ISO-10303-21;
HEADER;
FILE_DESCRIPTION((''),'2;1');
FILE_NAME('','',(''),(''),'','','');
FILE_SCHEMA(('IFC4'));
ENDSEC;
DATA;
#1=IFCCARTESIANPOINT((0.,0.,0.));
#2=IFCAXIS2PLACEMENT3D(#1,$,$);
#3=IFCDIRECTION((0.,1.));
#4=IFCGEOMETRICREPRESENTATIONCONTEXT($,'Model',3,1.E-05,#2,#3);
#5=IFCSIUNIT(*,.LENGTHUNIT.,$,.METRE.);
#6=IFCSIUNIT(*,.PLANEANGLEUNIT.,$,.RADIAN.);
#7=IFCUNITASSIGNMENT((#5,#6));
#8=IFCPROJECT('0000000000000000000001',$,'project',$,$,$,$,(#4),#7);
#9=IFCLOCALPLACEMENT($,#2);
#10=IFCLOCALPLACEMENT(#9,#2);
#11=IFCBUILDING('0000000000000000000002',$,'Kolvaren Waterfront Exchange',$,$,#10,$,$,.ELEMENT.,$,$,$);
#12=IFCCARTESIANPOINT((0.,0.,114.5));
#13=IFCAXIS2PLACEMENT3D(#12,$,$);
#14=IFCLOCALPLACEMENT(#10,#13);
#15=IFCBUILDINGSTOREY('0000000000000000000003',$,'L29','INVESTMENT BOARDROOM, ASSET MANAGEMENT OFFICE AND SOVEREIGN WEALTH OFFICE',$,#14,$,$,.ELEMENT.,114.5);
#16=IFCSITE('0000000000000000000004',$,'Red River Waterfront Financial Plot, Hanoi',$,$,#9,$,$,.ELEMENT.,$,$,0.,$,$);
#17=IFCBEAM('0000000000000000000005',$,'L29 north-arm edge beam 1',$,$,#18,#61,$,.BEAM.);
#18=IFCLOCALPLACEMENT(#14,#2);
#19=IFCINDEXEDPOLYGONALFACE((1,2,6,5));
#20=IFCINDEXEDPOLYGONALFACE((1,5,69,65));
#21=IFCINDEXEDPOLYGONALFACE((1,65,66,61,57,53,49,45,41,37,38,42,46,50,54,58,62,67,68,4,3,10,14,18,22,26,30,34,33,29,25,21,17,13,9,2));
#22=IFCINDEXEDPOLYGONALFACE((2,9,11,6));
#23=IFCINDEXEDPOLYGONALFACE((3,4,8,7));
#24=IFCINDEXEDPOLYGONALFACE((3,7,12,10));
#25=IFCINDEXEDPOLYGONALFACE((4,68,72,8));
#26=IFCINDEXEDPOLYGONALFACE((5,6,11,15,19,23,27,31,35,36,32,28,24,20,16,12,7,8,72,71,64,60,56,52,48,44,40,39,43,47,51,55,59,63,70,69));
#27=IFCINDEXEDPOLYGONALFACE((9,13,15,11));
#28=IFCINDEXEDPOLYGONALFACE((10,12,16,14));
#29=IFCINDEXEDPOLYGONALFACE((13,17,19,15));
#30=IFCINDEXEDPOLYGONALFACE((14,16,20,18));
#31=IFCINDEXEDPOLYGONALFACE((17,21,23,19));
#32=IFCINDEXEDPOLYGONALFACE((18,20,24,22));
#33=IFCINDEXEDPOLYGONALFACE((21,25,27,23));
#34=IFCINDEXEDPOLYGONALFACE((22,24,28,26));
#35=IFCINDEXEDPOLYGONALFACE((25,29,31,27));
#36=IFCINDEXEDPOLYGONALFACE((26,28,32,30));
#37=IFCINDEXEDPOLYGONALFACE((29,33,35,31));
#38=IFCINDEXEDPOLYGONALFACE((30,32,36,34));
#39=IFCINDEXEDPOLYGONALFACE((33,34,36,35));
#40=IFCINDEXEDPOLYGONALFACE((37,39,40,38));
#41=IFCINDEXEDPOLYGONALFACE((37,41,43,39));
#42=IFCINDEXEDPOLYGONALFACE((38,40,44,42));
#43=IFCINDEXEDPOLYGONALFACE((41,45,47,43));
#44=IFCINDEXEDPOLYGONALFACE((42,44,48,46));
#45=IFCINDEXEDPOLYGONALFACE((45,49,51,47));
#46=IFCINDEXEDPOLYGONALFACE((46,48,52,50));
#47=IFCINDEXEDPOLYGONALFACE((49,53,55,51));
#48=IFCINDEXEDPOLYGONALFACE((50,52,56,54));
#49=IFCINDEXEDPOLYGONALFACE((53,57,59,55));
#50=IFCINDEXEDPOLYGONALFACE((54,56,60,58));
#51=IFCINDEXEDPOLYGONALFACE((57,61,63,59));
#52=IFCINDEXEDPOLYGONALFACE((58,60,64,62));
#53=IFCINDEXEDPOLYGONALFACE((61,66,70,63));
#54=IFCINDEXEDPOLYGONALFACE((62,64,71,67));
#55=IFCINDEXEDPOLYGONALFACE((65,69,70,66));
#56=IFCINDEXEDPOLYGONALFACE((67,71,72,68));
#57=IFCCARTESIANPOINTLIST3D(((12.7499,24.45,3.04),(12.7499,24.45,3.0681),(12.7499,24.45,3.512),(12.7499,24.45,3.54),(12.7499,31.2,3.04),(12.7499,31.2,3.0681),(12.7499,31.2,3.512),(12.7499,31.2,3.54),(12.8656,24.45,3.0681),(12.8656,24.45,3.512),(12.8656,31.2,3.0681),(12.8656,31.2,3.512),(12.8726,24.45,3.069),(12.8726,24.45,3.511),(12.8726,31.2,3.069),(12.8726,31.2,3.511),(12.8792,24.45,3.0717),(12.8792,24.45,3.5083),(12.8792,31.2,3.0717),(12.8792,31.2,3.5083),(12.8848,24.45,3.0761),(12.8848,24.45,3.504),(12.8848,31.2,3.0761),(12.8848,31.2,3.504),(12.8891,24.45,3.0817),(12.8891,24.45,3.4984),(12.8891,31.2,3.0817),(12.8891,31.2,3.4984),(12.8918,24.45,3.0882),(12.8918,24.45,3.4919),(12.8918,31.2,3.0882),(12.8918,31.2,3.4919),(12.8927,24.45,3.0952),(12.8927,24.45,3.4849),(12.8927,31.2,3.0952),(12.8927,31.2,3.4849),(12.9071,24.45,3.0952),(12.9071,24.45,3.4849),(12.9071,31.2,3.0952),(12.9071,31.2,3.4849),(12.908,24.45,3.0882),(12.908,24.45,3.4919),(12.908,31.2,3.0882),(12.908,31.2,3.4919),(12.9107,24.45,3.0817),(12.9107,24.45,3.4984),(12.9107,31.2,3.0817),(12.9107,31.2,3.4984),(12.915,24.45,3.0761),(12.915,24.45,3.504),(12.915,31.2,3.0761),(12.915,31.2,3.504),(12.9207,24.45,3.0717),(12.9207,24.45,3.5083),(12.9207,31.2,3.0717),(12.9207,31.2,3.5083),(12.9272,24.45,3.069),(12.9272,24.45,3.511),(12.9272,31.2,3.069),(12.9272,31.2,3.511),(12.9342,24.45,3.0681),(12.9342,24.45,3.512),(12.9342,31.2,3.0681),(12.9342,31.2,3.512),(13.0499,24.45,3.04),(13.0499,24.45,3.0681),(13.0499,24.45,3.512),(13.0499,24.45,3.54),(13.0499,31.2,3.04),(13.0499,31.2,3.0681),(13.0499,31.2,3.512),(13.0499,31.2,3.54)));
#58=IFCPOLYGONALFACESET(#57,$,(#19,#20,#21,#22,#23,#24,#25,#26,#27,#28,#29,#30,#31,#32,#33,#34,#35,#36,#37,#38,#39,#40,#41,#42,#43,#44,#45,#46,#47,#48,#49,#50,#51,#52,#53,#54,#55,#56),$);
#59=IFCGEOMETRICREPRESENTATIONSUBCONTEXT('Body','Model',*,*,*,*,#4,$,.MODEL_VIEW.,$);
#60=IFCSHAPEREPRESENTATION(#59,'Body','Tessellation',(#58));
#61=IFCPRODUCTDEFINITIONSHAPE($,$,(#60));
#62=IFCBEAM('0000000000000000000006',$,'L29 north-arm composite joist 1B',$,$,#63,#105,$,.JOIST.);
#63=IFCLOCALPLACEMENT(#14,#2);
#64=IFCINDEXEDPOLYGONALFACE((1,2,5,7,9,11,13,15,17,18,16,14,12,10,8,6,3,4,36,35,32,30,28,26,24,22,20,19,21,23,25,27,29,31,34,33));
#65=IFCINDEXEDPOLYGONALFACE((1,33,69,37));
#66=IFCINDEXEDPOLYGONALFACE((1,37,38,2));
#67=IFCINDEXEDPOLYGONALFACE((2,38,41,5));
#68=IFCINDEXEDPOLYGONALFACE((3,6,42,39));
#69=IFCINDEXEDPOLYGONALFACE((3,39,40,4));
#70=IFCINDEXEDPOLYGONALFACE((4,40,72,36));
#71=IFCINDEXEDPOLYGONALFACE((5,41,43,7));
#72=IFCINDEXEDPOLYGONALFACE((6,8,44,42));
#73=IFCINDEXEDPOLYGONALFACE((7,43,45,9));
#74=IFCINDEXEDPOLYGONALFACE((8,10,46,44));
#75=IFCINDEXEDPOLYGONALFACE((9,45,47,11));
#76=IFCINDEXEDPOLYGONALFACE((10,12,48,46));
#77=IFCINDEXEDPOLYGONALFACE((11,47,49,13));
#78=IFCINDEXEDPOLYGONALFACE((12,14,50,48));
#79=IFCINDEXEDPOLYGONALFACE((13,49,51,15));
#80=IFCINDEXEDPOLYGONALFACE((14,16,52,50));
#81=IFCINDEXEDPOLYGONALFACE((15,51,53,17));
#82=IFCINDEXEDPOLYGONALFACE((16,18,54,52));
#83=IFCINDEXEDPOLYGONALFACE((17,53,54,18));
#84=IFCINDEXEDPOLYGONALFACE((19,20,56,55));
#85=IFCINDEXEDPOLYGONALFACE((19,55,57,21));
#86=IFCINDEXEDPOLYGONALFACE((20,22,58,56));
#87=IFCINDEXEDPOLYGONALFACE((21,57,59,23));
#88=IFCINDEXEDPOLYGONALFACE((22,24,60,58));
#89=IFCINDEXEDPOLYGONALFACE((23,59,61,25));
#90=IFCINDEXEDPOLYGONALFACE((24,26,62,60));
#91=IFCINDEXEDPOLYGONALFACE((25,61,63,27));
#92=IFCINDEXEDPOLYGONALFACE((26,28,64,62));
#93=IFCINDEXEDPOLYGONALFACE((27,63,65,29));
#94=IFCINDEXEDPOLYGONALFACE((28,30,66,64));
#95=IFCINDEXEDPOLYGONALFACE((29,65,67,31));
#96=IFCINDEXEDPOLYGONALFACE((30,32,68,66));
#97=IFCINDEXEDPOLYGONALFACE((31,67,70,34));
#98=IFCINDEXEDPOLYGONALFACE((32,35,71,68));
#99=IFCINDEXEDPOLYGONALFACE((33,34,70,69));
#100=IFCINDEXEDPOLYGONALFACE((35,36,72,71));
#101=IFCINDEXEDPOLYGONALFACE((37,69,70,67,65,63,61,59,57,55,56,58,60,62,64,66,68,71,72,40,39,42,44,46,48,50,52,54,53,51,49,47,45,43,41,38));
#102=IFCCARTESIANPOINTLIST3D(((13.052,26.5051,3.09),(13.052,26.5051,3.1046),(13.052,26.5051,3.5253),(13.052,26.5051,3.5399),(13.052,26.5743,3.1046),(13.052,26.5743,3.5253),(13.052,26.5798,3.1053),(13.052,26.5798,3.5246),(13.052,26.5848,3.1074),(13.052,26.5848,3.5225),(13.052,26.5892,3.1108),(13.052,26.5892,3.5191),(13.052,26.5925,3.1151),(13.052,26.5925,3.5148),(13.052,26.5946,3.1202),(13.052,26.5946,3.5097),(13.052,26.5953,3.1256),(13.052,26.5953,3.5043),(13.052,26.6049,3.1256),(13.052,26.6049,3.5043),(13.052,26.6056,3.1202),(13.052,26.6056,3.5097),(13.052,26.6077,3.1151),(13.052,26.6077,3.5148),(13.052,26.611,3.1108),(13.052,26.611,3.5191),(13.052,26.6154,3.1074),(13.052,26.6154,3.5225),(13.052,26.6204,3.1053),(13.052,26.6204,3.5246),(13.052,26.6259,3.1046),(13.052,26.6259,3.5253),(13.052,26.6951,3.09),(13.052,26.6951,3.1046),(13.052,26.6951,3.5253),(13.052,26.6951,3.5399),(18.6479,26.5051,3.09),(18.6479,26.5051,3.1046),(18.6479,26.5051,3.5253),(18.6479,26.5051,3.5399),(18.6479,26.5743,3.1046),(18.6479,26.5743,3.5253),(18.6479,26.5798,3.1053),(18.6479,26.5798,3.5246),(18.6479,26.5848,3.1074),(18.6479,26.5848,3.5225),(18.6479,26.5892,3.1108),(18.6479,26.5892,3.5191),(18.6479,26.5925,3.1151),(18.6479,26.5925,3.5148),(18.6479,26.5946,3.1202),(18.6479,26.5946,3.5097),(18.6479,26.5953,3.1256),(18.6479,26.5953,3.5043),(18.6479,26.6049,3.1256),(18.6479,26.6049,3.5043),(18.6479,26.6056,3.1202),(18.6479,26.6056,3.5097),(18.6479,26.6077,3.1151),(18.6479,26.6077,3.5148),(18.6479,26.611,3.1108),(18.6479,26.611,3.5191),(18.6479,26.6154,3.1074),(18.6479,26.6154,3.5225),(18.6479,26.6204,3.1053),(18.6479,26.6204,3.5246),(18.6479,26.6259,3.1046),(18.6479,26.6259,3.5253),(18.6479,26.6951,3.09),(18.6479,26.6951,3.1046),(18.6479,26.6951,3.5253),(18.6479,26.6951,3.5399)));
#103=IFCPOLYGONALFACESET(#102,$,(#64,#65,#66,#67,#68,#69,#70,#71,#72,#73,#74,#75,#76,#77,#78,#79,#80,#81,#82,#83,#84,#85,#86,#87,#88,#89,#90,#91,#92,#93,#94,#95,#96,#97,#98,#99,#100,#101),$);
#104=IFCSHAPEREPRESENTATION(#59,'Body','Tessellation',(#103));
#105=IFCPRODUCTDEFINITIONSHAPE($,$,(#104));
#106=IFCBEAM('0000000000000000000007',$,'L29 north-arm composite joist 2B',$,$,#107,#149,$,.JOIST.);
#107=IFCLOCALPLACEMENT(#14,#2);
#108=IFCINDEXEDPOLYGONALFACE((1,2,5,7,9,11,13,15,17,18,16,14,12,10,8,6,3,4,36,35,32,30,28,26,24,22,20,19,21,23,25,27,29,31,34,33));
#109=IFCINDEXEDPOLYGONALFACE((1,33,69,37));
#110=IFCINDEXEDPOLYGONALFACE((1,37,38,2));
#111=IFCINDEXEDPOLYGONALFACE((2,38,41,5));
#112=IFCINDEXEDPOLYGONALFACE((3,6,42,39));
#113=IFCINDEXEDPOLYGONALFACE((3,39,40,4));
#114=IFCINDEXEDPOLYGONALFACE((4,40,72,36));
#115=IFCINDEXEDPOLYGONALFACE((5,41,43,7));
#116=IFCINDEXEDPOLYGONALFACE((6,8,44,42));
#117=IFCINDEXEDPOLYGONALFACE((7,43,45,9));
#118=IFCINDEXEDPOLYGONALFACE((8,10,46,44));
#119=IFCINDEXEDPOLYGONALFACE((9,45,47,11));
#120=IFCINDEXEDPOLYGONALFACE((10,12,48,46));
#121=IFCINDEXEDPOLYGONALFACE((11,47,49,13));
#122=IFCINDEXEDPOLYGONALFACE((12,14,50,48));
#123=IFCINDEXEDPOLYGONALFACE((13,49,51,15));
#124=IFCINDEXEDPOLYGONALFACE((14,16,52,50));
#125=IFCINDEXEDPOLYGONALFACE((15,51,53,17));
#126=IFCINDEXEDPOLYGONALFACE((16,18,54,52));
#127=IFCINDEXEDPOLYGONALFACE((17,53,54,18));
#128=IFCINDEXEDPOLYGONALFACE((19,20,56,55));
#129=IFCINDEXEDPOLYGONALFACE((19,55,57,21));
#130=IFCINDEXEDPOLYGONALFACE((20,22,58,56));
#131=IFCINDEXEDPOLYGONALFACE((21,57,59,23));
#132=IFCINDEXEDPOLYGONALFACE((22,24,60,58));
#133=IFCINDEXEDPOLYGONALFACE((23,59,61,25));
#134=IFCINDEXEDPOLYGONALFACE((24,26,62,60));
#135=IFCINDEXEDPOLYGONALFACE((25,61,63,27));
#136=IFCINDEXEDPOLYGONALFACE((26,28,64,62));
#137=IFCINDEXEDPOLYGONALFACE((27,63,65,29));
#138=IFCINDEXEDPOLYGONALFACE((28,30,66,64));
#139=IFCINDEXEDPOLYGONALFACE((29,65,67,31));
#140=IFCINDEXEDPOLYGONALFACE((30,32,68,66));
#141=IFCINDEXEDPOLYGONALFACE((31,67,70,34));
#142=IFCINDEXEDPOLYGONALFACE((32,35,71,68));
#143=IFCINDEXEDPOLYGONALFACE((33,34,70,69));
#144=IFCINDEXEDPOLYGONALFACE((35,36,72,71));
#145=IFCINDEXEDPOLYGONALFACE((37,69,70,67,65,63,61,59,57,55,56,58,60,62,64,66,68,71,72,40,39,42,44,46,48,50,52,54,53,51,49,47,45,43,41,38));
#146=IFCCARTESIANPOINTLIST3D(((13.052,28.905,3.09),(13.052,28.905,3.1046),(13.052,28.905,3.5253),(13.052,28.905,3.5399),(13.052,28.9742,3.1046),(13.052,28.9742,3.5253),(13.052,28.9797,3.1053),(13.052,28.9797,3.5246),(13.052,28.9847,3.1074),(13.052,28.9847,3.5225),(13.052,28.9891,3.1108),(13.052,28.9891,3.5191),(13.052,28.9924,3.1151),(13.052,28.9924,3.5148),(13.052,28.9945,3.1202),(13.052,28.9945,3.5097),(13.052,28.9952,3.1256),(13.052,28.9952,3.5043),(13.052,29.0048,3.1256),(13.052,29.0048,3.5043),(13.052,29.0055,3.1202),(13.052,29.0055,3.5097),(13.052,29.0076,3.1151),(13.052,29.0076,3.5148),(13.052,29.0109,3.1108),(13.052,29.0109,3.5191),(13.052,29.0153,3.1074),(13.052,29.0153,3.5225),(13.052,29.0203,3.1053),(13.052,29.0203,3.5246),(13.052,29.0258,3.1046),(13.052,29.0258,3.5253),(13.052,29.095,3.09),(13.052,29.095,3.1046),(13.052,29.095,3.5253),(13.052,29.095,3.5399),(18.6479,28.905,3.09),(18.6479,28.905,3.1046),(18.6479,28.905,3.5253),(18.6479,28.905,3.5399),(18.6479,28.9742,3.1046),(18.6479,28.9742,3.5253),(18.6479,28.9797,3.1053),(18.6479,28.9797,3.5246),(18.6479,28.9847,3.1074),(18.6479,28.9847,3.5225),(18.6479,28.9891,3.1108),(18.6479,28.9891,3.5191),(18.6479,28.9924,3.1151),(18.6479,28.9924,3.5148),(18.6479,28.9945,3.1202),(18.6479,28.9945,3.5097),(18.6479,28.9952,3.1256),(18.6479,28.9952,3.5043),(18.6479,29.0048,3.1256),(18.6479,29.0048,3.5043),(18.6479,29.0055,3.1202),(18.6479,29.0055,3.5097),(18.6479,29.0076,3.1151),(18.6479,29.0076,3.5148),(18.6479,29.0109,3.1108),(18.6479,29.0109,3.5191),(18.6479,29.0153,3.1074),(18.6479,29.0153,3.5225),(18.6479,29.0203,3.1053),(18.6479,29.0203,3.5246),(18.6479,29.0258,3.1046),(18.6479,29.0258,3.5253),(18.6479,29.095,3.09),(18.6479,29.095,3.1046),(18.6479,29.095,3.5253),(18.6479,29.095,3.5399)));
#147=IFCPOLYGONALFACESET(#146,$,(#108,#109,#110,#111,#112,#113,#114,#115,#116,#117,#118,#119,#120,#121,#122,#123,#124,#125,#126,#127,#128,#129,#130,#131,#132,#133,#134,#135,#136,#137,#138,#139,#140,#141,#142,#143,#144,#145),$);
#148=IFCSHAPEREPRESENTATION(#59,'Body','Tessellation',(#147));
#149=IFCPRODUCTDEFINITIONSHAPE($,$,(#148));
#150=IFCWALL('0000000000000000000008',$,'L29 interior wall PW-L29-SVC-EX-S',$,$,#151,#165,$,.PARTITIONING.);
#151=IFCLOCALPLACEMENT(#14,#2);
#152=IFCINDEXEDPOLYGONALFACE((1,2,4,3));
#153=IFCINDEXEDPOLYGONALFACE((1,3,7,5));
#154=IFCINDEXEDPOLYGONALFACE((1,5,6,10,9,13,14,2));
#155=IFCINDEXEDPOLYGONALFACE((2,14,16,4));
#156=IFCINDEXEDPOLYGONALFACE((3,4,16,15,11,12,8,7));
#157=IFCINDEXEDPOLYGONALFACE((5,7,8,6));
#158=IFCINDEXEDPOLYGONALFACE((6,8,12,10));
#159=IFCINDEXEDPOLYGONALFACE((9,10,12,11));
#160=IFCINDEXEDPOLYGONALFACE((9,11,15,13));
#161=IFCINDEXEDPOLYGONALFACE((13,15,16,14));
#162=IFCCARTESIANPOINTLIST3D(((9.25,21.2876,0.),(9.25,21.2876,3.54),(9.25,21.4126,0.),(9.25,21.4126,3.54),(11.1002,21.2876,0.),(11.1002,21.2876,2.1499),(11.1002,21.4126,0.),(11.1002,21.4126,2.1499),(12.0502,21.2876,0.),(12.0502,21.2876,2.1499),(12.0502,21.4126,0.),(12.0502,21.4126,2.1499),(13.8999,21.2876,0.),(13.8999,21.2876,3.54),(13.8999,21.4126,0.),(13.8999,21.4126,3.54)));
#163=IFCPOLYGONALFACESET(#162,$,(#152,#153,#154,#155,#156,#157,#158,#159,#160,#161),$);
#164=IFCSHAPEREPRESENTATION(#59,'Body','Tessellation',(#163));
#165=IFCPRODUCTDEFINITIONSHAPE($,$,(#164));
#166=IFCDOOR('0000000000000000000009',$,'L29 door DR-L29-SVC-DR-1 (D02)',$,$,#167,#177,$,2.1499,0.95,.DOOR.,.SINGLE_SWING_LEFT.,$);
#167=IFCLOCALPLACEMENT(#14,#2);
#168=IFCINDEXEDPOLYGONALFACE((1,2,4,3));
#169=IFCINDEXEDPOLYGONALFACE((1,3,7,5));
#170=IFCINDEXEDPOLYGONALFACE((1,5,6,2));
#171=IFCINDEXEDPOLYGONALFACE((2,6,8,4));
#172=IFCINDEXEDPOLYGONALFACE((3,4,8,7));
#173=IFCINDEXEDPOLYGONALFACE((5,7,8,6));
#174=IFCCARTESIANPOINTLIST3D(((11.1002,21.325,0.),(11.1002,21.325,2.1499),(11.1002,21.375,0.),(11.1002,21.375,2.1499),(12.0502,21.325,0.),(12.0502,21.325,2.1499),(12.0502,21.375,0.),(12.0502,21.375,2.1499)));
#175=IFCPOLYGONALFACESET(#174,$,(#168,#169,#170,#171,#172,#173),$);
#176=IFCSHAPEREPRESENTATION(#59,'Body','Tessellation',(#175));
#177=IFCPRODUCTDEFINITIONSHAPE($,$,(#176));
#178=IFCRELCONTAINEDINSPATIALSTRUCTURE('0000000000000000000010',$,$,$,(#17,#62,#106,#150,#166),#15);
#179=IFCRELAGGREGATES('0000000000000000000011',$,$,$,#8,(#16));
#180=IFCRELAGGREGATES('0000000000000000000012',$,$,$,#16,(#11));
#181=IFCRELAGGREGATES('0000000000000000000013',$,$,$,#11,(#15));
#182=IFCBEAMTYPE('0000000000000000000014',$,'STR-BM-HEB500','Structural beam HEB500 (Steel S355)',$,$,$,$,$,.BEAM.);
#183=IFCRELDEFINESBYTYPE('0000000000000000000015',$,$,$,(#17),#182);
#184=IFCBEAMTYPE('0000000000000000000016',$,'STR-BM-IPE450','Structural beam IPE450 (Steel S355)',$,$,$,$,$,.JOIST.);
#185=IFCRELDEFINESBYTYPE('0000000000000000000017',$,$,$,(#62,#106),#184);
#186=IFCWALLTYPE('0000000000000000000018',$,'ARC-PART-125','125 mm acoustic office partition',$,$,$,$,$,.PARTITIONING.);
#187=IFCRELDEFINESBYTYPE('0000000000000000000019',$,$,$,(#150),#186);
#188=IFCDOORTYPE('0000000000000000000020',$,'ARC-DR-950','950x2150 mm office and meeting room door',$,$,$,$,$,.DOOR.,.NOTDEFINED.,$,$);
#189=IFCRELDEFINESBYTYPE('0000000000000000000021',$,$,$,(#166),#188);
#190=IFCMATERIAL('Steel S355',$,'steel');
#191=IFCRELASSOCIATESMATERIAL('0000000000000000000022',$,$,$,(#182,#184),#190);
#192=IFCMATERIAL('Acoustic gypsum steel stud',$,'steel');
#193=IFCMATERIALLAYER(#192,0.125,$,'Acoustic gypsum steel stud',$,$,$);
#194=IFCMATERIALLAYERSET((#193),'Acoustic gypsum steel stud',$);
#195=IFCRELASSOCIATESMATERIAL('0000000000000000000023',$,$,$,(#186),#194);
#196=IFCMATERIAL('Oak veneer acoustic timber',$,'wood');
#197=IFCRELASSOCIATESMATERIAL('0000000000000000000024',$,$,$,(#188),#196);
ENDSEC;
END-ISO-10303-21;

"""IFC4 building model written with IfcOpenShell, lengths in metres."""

from ifc_helpers import new_model, si_unit, direction, frame, frame_2d, origin, origin_2d, place, context, subcontext, project, spatial, rectangle, i_section, extrude, material, layer, layer_set, material_profile, profile_set, type_object, element, fill, save


model = new_model("IFC4")

# Units and contexts
model_context = context("Model", 3, precision=1e-05, world=origin(), true_north=direction((0.0, 1.0)))
body_context = subcontext(model_context, "Body", "Model", "MODEL_VIEW")
ifc_project = project(units=[si_unit("LENGTHUNIT", "METRE"), si_unit("PLANEANGLEUNIT", "RADIAN")], contexts=[model_context])

# Site, building, storey
site_placement = place(None, origin())
site = spatial("IfcSite", under=ifc_project, at=site_placement, Name="Red River Waterfront Financial Plot, Hanoi", CompositionType="ELEMENT", RefElevation=0.0)
building_placement = place(site_placement, origin())
building = spatial("IfcBuilding", under=site, at=building_placement, Name="Kolvaren Waterfront Exchange", CompositionType="ELEMENT")
storey_placement = place(building_placement, frame((0.0, 0.0, 114.5)))
storey = spatial("IfcBuildingStorey", under=building, at=storey_placement, Name="L29", Description="INVESTMENT BOARDROOM, ASSET MANAGEMENT OFFICE AND SOVEREIGN WEALTH OFFICE", CompositionType="ELEMENT", Elevation=114.5)

# Beams
ifc_material_1 = material(Name="Steel S355", Category="steel")
ifc_material_profile_1 = material_profile(ifc_material_1, i_section(OverallWidth=0.3, OverallDepth=0.5, WebThickness=0.0144, FlangeThickness=0.0281, FilletRadius=0.0271, at=origin_2d()), Name="HEB500")
ifc_profile_set_1 = profile_set([ifc_material_profile_1], Name="Steel S355")
beam_type_1 = type_object("IfcBeamType", Name="STR-BM-HEB500", Description="Structural beam HEB500 (Steel S355)", PredefinedType="BEAM", material=ifc_profile_set_1)
beam_1_placement = place(storey_placement, frame((12.8999, 24.45, 3.29), z_axis=(0.0, 1.0, 0.0), x_axis=(-1.0, 0.0, 0.0)))
element("IfcBeam", 1, at=beam_1_placement, inside=storey, type_object=beam_type_1, Name="L29 north-arm edge beam 1", PredefinedType="BEAM", context=body_context, shape_type="SweptSolid", body=[
    extrude(i_section(OverallWidth=0.3, OverallDepth=0.5, WebThickness=0.0144, FlangeThickness=0.0281, FilletRadius=0.0271, at=origin_2d()), origin(), (0.0, 0.0, 1.0), 6.75),
])
ifc_material_profile_2 = material_profile(ifc_material_1, i_section(OverallWidth=0.1899, OverallDepth=0.45, WebThickness=0.0095, FlangeThickness=0.0146, FilletRadius=0.021, at=origin_2d()), Name="IPE450")
ifc_profile_set_2 = profile_set([ifc_material_profile_2], Name="Steel S355")
beam_type_2 = type_object("IfcBeamType", Name="STR-BM-IPE450", Description="Structural beam IPE450 (Steel S355)", PredefinedType="JOIST", material=ifc_profile_set_2)
for number, where, z_axis, x_axis, name in (
    (2, (13.052, 26.6001, 3.3149), (1.0, 0.0, 0.0), (0.0, 1.0, 0.0), "L29 north-arm composite joist 1B"),
    (3, (13.052, 29.0, 3.3149), (1.0, 0.0, 0.0), (0.0, 1.0, 0.0), "L29 north-arm composite joist 2B"),
):
    element("IfcBeam", number, at=place(storey_placement, frame(where, z_axis=z_axis, x_axis=x_axis)), inside=storey, type_object=beam_type_2, Name=name, PredefinedType="JOIST", context=body_context, shape_type="SweptSolid", body=[
        extrude(i_section(OverallWidth=0.1899, OverallDepth=0.45, WebThickness=0.0095, FlangeThickness=0.0146, FilletRadius=0.021, at=origin_2d()), origin(), (0.0, 0.0, 1.0), 5.5959),
    ])

# Wall, opening, door
ifc_material_2 = material(Name="Acoustic gypsum steel stud", Category="steel")
ifc_layer_1 = layer(ifc_material_2, 0.125, Name="Acoustic gypsum steel stud")
ifc_layer_set_1 = layer_set([ifc_layer_1], Name="Acoustic gypsum steel stud")
wall_type_1 = type_object("IfcWallType", Name="ARC-PART-125", Description="125 mm acoustic office partition", PredefinedType="PARTITIONING", material=ifc_layer_set_1)
wall_1_placement = place(storey_placement, frame((9.25, 21.3501, 0.0), z_axis=(0.0, 0.0, 1.0), x_axis=(1.0, 0.0, 0.0)))
wall_1 = element("IfcWall", 4, at=wall_1_placement, inside=storey, type_object=wall_type_1, Name="L29 interior wall PW-L29-SVC-EX-S", PredefinedType="PARTITIONING", context=body_context, shape_type="SweptSolid", body=[
    extrude(rectangle(XDim=4.6499, YDim=0.125, at=frame_2d((2.325, 0.0))), origin(), (0.0, 0.0, 1.0), 3.54),
])
opening_1_placement = place(wall_1_placement, frame((1.8501, 0.0, 0.0)))
opening_1 = element("IfcOpeningElement", 5, at=opening_1_placement, cuts=wall_1, PredefinedType="OPENING", context=body_context, shape_type="SweptSolid", body=[
    extrude(rectangle(XDim=0.95, YDim=2.1499, at=frame_2d((0.4751, 1.075))), frame((0.0, 0.0725, 0.0), z_axis=(0.0, -1.0, 0.0), x_axis=(1.0, 0.0, 0.0)), (0.0, 0.0, 1.0), 0.145),
])
ifc_material_3 = material(Name="Oak veneer acoustic timber", Category="wood")
door_type_1 = type_object("IfcDoorType", Name="ARC-DR-950", Description="950x2150 mm office and meeting room door", OperationType="NOTDEFINED", PredefinedType="DOOR", material=ifc_material_3)
door_1_placement = place(opening_1_placement, origin())
door_1 = element("IfcDoor", 6, at=door_1_placement, inside=storey, type_object=door_type_1, Name="L29 door DR-L29-SVC-DR-1 (D02)", OperationType="SINGLE_SWING_LEFT", OverallHeight=2.1499, OverallWidth=0.95, PredefinedType="DOOR", context=body_context, shape_type="SweptSolid", body=[
    extrude(rectangle(XDim=0.95, YDim=2.1499, at=frame_2d((0.4751, 1.075))), frame((0.0, 0.0249, 0.0), z_axis=(0.0, -1.0, 0.0), x_axis=(1.0, 0.0, 0.0)), (0.0, 0.0, 1.0), 0.05),
])
fill(opening_1, door_1)

save(model, "model.ifc")
